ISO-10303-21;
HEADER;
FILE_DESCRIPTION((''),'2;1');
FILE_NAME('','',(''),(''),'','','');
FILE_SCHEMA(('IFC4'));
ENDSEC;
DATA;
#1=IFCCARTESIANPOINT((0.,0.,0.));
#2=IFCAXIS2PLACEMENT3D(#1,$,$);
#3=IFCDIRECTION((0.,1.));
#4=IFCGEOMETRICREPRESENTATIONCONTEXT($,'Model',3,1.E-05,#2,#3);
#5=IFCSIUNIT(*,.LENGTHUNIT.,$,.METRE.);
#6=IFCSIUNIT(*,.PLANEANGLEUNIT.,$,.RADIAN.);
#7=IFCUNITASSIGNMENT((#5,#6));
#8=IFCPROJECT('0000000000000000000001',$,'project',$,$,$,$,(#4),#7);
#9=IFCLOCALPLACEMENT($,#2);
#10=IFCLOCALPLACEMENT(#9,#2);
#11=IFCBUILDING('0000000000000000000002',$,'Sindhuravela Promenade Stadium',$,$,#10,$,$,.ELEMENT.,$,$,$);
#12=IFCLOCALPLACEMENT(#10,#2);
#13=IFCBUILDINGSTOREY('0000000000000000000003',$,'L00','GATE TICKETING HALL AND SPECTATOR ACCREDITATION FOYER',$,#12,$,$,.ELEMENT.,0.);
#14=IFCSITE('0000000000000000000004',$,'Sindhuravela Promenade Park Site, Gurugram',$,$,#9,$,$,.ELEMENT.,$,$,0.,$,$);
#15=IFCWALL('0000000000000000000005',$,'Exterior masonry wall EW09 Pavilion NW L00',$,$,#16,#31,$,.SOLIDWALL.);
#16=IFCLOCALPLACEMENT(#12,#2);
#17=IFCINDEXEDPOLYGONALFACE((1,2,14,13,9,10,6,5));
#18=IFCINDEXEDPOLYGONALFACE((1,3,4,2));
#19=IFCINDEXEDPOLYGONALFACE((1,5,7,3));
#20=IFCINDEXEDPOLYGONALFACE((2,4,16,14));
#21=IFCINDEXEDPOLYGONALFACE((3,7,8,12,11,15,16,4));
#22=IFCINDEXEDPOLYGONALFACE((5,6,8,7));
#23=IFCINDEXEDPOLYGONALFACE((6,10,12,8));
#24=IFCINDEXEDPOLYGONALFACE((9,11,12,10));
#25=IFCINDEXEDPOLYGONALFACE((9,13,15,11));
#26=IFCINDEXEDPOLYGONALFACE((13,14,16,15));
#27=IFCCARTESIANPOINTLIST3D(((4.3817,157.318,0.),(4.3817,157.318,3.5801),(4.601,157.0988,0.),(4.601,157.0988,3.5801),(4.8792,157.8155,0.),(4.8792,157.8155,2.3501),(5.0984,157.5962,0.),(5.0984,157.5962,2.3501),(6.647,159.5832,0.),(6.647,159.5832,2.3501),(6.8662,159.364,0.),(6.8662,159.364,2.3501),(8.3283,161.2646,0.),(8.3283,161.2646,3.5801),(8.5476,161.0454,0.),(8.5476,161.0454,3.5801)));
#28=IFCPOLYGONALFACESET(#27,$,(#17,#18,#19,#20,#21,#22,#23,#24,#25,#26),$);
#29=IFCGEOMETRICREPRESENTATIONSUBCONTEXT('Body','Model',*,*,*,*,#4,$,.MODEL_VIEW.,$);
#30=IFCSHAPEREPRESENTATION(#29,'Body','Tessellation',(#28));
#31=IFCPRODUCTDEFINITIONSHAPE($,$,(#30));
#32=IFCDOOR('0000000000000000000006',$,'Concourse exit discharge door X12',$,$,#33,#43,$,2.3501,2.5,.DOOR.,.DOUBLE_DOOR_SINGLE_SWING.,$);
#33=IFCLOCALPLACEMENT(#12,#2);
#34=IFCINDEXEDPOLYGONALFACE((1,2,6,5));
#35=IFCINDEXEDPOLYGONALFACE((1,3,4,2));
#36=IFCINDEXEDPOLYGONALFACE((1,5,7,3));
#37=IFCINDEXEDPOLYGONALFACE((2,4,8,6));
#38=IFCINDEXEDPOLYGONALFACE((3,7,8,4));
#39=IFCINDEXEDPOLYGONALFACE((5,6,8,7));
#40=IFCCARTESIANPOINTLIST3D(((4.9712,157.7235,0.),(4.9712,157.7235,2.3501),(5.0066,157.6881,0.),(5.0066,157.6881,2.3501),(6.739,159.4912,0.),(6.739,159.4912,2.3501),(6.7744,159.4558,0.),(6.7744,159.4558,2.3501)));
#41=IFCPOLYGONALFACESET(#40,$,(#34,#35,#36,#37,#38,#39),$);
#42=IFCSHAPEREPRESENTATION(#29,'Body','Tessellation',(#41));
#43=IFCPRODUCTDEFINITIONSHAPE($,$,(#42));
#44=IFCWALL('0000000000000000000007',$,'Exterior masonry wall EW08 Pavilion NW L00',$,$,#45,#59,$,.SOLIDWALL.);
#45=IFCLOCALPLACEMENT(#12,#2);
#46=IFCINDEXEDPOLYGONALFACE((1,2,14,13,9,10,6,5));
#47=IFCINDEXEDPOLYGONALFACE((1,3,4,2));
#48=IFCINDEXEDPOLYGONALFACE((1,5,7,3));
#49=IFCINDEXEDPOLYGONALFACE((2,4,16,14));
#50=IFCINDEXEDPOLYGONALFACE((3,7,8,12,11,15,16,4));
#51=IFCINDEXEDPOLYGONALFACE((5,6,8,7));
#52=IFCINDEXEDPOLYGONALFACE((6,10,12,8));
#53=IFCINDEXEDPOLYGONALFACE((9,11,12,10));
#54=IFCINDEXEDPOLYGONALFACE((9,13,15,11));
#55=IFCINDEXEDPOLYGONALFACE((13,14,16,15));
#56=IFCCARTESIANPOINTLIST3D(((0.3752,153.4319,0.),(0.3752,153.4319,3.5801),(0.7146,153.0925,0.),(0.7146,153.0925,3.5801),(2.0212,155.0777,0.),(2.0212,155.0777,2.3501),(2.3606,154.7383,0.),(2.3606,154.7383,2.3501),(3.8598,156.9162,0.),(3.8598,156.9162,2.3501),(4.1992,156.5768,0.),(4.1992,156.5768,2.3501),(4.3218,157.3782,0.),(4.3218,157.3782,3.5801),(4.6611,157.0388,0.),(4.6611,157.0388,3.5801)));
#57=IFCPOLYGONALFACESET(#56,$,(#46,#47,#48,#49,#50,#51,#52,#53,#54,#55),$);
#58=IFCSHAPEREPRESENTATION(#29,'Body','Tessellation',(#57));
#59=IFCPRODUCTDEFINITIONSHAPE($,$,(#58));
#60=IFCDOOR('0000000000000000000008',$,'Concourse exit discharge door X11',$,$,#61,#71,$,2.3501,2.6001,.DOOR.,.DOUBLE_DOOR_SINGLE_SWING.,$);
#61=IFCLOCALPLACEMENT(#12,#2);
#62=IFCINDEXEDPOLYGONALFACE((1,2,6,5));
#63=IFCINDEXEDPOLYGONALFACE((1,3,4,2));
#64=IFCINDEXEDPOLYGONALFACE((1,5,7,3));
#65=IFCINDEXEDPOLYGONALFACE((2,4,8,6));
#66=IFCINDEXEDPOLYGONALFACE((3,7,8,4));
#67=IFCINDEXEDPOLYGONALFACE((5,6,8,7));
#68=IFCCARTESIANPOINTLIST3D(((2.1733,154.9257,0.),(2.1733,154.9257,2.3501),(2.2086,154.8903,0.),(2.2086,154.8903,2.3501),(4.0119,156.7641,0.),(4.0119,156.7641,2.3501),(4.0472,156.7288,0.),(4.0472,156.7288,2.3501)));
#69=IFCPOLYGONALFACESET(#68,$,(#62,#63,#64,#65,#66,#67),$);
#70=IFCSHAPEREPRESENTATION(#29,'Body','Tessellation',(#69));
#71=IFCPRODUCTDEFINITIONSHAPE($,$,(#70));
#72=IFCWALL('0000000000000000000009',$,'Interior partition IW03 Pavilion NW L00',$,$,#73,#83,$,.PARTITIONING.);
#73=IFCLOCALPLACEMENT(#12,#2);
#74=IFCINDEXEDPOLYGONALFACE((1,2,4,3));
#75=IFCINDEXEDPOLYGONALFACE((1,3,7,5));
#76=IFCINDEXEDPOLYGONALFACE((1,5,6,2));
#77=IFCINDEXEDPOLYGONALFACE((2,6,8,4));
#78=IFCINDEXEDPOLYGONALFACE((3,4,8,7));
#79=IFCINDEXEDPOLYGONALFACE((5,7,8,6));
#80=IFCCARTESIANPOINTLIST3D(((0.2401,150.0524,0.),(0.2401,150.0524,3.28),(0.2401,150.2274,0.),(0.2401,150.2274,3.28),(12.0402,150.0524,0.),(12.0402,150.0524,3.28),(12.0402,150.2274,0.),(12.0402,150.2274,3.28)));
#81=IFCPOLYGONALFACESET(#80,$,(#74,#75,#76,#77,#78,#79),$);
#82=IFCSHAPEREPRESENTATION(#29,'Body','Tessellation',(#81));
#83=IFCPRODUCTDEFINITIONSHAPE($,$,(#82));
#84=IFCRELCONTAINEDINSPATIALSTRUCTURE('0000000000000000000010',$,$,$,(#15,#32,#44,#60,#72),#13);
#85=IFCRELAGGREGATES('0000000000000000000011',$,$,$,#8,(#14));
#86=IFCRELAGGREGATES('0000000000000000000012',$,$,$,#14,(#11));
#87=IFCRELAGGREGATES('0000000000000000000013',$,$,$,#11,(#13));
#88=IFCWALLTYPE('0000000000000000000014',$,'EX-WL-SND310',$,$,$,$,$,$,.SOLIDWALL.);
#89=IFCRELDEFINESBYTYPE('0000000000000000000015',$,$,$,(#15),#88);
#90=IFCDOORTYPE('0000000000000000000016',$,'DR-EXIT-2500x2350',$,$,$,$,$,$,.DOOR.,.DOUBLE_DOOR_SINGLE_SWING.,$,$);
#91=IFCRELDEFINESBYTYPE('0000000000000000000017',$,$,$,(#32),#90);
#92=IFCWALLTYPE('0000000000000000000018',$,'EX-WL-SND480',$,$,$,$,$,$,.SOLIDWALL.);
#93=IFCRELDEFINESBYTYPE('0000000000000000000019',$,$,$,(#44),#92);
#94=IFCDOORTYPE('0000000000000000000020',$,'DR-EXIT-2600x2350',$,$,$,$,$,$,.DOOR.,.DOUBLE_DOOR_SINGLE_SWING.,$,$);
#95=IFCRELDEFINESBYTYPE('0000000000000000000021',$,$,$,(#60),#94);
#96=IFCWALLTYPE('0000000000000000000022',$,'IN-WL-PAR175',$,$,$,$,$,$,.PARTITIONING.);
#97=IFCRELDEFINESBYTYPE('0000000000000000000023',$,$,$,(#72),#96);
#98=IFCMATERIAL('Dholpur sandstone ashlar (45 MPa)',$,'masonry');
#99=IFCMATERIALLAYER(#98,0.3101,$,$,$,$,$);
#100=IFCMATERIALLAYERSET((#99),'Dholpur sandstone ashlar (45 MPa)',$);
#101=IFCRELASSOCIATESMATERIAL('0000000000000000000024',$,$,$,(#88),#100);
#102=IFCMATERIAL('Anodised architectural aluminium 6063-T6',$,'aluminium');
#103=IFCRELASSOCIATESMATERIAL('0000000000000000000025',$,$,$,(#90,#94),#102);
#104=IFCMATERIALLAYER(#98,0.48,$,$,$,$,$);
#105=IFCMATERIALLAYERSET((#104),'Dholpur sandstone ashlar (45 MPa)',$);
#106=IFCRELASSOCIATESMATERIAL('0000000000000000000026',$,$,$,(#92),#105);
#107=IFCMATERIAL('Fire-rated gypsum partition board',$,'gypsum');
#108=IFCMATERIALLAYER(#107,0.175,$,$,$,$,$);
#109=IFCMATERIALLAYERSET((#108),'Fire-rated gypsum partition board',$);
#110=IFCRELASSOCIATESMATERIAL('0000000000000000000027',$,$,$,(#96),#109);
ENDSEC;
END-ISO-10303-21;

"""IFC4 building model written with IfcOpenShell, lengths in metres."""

from ifc_helpers import new_model, si_unit, direction, frame, frame_2d, origin, place, context, subcontext, project, spatial, rectangle, extrude, material, layer, layer_set, type_object, element, fill, save


model = new_model("IFC4")

# Units and contexts
model_context = context("Model", 3, precision=1e-05, world=origin(), true_north=direction((0.0, 1.0)))
body_context = subcontext(model_context, "Body", "Model", "MODEL_VIEW")
ifc_project = project(units=[si_unit("LENGTHUNIT", "METRE"), si_unit("PLANEANGLEUNIT", "RADIAN")], contexts=[model_context])

# Site, building, storey
site_placement = place(None, origin())
site = spatial("IfcSite", under=ifc_project, at=site_placement, Name="Sindhuravela Promenade Park Site, Gurugram", CompositionType="ELEMENT", RefElevation=0.0)
building_placement = place(site_placement, origin())
building = spatial("IfcBuilding", under=site, at=building_placement, Name="Sindhuravela Promenade Stadium", CompositionType="ELEMENT")
storey_placement = place(building_placement, origin())
storey = spatial("IfcBuildingStorey", under=building, at=storey_placement, Name="L00", Description="GATE TICKETING HALL AND SPECTATOR ACCREDITATION FOYER", CompositionType="ELEMENT", Elevation=0.0)

# Walls, openings, doors
ifc_material_1 = material(Name="Dholpur sandstone ashlar (45 MPa)", Category="masonry")
ifc_layer_1 = layer(ifc_material_1, 0.3101)
ifc_layer_set_1 = layer_set([ifc_layer_1], Name="Dholpur sandstone ashlar (45 MPa)")
wall_type_1 = type_object("IfcWallType", Name="EX-WL-SND310", PredefinedType="SOLIDWALL", material=ifc_layer_set_1)
wall_1_placement = place(storey_placement, frame((4.4915, 157.2085, 0.0), z_axis=(0.0, 0.0, 1.0), x_axis=(0.707107, 0.707107, 0.0)))
wall_1 = element("IfcWall", 1, at=wall_1_placement, inside=storey, type_object=wall_type_1, Name="Exterior masonry wall EW09 Pavilion NW L00", PredefinedType="SOLIDWALL", context=body_context, shape_type="SweptSolid", body=[
    extrude(rectangle(XDim=5.5813, YDim=0.3101, at=frame_2d((2.7905, 0.0))), origin(), (0.0, 0.0, 1.0), 3.5801),
])
opening_1_placement = place(wall_1_placement, frame((0.7034, 0.0, 0.0)))
opening_1 = element("IfcOpeningElement", 2, at=opening_1_placement, cuts=wall_1, PredefinedType="OPENING", context=body_context, shape_type="SweptSolid", body=[
    extrude(rectangle(XDim=2.5, YDim=2.3501, at=frame_2d((1.25, 1.175))), frame((0.0, 0.165, 0.0), z_axis=(0.0, -1.0, 0.0), x_axis=(1.0, 0.0, 0.0)), (0.0, 0.0, 1.0), 0.3301),
])
ifc_material_2 = material(Name="Anodised architectural aluminium 6063-T6", Category="aluminium")
door_type_1 = type_object("IfcDoorType", Name="DR-EXIT-2500x2350", OperationType="DOUBLE_DOOR_SINGLE_SWING", PredefinedType="DOOR", material=ifc_material_2)
door_1_placement = place(opening_1_placement, origin())
door_1 = element("IfcDoor", 3, at=door_1_placement, inside=storey, type_object=door_type_1, Name="Concourse exit discharge door X12", OperationType="DOUBLE_DOOR_SINGLE_SWING", OverallHeight=2.3501, OverallWidth=2.5, PredefinedType="DOOR", context=body_context, shape_type="SweptSolid", body=[
    extrude(rectangle(XDim=2.5, YDim=2.3501, at=frame_2d((1.25, 1.175))), frame((0.0, 0.0249, 0.0), z_axis=(0.0, -1.0, 0.0), x_axis=(1.0, 0.0, 0.0)), (0.0, 0.0, 1.0), 0.05),
])
fill(opening_1, door_1)
ifc_layer_2 = layer(ifc_material_1, 0.48)
ifc_layer_set_2 = layer_set([ifc_layer_2], Name="Dholpur sandstone ashlar (45 MPa)")
wall_type_2 = type_object("IfcWallType", Name="EX-WL-SND480", PredefinedType="SOLIDWALL", material=ifc_layer_set_2)
wall_2_placement = place(storey_placement, frame((0.5449, 153.2622, 0.0), z_axis=(0.0, 0.0, 1.0), x_axis=(0.707129, 0.707085, 0.0)))
wall_2 = element("IfcWall", 4, at=wall_2_placement, inside=storey, type_object=wall_type_2, Name="Exterior masonry wall EW08 Pavilion NW L00", PredefinedType="SOLIDWALL", context=body_context, shape_type="SweptSolid", body=[
    extrude(rectangle(XDim=5.5811, YDim=0.48, at=frame_2d((2.7905, 0.0))), origin(), (0.0, 0.0, 1.0), 3.5801),
])
opening_2_placement = place(wall_2_placement, frame((2.3276, 0.0, 0.0)))
opening_2 = element("IfcOpeningElement", 5, at=opening_2_placement, cuts=wall_2, PredefinedType="OPENING", context=body_context, shape_type="SweptSolid", body=[
    extrude(rectangle(XDim=2.6001, YDim=2.3501, at=frame_2d((1.3, 1.175))), frame((0.0, 0.25, 0.0), z_axis=(0.0, -1.0, 0.0), x_axis=(1.0, 0.0, 0.0)), (0.0, 0.0, 1.0), 0.5),
])
door_type_2 = type_object("IfcDoorType", Name="DR-EXIT-2600x2350", OperationType="DOUBLE_DOOR_SINGLE_SWING", PredefinedType="DOOR", material=ifc_material_2)
door_2_placement = place(opening_2_placement, origin())
door_2 = element("IfcDoor", 6, at=door_2_placement, inside=storey, type_object=door_type_2, Name="Concourse exit discharge door X11", OperationType="DOUBLE_DOOR_SINGLE_SWING", OverallHeight=2.3501, OverallWidth=2.6001, PredefinedType="DOOR", context=body_context, shape_type="SweptSolid", body=[
    extrude(rectangle(XDim=2.6001, YDim=2.3501, at=frame_2d((1.3, 1.175))), frame((0.0, 0.0249, 0.0), z_axis=(0.0, -1.0, 0.0), x_axis=(1.0, 0.0, 0.0)), (0.0, 0.0, 1.0), 0.05),
])
fill(opening_2, door_2)

# Wall
ifc_material_3 = material(Name="Fire-rated gypsum partition board", Category="gypsum")
ifc_layer_3 = layer(ifc_material_3, 0.175)
ifc_layer_set_3 = layer_set([ifc_layer_3], Name="Fire-rated gypsum partition board")
wall_type_3 = type_object("IfcWallType", Name="IN-WL-PAR175", PredefinedType="PARTITIONING", material=ifc_layer_set_3)
wall_3_placement = place(storey_placement, frame((12.04, 150.1399, 0.0), z_axis=(0.0, 0.0, 1.0), x_axis=(-1.0, 0.0, 0.0)))
element("IfcWall", 7, at=wall_3_placement, inside=storey, type_object=wall_type_3, Name="Interior partition IW03 Pavilion NW L00", PredefinedType="PARTITIONING", context=body_context, shape_type="SweptSolid", body=[
    extrude(rectangle(XDim=11.8, YDim=0.175, at=frame_2d((5.8999, 0.0))), origin(), (0.0, 0.0, 1.0), 3.28),
])

save(model, "model.ifc")
